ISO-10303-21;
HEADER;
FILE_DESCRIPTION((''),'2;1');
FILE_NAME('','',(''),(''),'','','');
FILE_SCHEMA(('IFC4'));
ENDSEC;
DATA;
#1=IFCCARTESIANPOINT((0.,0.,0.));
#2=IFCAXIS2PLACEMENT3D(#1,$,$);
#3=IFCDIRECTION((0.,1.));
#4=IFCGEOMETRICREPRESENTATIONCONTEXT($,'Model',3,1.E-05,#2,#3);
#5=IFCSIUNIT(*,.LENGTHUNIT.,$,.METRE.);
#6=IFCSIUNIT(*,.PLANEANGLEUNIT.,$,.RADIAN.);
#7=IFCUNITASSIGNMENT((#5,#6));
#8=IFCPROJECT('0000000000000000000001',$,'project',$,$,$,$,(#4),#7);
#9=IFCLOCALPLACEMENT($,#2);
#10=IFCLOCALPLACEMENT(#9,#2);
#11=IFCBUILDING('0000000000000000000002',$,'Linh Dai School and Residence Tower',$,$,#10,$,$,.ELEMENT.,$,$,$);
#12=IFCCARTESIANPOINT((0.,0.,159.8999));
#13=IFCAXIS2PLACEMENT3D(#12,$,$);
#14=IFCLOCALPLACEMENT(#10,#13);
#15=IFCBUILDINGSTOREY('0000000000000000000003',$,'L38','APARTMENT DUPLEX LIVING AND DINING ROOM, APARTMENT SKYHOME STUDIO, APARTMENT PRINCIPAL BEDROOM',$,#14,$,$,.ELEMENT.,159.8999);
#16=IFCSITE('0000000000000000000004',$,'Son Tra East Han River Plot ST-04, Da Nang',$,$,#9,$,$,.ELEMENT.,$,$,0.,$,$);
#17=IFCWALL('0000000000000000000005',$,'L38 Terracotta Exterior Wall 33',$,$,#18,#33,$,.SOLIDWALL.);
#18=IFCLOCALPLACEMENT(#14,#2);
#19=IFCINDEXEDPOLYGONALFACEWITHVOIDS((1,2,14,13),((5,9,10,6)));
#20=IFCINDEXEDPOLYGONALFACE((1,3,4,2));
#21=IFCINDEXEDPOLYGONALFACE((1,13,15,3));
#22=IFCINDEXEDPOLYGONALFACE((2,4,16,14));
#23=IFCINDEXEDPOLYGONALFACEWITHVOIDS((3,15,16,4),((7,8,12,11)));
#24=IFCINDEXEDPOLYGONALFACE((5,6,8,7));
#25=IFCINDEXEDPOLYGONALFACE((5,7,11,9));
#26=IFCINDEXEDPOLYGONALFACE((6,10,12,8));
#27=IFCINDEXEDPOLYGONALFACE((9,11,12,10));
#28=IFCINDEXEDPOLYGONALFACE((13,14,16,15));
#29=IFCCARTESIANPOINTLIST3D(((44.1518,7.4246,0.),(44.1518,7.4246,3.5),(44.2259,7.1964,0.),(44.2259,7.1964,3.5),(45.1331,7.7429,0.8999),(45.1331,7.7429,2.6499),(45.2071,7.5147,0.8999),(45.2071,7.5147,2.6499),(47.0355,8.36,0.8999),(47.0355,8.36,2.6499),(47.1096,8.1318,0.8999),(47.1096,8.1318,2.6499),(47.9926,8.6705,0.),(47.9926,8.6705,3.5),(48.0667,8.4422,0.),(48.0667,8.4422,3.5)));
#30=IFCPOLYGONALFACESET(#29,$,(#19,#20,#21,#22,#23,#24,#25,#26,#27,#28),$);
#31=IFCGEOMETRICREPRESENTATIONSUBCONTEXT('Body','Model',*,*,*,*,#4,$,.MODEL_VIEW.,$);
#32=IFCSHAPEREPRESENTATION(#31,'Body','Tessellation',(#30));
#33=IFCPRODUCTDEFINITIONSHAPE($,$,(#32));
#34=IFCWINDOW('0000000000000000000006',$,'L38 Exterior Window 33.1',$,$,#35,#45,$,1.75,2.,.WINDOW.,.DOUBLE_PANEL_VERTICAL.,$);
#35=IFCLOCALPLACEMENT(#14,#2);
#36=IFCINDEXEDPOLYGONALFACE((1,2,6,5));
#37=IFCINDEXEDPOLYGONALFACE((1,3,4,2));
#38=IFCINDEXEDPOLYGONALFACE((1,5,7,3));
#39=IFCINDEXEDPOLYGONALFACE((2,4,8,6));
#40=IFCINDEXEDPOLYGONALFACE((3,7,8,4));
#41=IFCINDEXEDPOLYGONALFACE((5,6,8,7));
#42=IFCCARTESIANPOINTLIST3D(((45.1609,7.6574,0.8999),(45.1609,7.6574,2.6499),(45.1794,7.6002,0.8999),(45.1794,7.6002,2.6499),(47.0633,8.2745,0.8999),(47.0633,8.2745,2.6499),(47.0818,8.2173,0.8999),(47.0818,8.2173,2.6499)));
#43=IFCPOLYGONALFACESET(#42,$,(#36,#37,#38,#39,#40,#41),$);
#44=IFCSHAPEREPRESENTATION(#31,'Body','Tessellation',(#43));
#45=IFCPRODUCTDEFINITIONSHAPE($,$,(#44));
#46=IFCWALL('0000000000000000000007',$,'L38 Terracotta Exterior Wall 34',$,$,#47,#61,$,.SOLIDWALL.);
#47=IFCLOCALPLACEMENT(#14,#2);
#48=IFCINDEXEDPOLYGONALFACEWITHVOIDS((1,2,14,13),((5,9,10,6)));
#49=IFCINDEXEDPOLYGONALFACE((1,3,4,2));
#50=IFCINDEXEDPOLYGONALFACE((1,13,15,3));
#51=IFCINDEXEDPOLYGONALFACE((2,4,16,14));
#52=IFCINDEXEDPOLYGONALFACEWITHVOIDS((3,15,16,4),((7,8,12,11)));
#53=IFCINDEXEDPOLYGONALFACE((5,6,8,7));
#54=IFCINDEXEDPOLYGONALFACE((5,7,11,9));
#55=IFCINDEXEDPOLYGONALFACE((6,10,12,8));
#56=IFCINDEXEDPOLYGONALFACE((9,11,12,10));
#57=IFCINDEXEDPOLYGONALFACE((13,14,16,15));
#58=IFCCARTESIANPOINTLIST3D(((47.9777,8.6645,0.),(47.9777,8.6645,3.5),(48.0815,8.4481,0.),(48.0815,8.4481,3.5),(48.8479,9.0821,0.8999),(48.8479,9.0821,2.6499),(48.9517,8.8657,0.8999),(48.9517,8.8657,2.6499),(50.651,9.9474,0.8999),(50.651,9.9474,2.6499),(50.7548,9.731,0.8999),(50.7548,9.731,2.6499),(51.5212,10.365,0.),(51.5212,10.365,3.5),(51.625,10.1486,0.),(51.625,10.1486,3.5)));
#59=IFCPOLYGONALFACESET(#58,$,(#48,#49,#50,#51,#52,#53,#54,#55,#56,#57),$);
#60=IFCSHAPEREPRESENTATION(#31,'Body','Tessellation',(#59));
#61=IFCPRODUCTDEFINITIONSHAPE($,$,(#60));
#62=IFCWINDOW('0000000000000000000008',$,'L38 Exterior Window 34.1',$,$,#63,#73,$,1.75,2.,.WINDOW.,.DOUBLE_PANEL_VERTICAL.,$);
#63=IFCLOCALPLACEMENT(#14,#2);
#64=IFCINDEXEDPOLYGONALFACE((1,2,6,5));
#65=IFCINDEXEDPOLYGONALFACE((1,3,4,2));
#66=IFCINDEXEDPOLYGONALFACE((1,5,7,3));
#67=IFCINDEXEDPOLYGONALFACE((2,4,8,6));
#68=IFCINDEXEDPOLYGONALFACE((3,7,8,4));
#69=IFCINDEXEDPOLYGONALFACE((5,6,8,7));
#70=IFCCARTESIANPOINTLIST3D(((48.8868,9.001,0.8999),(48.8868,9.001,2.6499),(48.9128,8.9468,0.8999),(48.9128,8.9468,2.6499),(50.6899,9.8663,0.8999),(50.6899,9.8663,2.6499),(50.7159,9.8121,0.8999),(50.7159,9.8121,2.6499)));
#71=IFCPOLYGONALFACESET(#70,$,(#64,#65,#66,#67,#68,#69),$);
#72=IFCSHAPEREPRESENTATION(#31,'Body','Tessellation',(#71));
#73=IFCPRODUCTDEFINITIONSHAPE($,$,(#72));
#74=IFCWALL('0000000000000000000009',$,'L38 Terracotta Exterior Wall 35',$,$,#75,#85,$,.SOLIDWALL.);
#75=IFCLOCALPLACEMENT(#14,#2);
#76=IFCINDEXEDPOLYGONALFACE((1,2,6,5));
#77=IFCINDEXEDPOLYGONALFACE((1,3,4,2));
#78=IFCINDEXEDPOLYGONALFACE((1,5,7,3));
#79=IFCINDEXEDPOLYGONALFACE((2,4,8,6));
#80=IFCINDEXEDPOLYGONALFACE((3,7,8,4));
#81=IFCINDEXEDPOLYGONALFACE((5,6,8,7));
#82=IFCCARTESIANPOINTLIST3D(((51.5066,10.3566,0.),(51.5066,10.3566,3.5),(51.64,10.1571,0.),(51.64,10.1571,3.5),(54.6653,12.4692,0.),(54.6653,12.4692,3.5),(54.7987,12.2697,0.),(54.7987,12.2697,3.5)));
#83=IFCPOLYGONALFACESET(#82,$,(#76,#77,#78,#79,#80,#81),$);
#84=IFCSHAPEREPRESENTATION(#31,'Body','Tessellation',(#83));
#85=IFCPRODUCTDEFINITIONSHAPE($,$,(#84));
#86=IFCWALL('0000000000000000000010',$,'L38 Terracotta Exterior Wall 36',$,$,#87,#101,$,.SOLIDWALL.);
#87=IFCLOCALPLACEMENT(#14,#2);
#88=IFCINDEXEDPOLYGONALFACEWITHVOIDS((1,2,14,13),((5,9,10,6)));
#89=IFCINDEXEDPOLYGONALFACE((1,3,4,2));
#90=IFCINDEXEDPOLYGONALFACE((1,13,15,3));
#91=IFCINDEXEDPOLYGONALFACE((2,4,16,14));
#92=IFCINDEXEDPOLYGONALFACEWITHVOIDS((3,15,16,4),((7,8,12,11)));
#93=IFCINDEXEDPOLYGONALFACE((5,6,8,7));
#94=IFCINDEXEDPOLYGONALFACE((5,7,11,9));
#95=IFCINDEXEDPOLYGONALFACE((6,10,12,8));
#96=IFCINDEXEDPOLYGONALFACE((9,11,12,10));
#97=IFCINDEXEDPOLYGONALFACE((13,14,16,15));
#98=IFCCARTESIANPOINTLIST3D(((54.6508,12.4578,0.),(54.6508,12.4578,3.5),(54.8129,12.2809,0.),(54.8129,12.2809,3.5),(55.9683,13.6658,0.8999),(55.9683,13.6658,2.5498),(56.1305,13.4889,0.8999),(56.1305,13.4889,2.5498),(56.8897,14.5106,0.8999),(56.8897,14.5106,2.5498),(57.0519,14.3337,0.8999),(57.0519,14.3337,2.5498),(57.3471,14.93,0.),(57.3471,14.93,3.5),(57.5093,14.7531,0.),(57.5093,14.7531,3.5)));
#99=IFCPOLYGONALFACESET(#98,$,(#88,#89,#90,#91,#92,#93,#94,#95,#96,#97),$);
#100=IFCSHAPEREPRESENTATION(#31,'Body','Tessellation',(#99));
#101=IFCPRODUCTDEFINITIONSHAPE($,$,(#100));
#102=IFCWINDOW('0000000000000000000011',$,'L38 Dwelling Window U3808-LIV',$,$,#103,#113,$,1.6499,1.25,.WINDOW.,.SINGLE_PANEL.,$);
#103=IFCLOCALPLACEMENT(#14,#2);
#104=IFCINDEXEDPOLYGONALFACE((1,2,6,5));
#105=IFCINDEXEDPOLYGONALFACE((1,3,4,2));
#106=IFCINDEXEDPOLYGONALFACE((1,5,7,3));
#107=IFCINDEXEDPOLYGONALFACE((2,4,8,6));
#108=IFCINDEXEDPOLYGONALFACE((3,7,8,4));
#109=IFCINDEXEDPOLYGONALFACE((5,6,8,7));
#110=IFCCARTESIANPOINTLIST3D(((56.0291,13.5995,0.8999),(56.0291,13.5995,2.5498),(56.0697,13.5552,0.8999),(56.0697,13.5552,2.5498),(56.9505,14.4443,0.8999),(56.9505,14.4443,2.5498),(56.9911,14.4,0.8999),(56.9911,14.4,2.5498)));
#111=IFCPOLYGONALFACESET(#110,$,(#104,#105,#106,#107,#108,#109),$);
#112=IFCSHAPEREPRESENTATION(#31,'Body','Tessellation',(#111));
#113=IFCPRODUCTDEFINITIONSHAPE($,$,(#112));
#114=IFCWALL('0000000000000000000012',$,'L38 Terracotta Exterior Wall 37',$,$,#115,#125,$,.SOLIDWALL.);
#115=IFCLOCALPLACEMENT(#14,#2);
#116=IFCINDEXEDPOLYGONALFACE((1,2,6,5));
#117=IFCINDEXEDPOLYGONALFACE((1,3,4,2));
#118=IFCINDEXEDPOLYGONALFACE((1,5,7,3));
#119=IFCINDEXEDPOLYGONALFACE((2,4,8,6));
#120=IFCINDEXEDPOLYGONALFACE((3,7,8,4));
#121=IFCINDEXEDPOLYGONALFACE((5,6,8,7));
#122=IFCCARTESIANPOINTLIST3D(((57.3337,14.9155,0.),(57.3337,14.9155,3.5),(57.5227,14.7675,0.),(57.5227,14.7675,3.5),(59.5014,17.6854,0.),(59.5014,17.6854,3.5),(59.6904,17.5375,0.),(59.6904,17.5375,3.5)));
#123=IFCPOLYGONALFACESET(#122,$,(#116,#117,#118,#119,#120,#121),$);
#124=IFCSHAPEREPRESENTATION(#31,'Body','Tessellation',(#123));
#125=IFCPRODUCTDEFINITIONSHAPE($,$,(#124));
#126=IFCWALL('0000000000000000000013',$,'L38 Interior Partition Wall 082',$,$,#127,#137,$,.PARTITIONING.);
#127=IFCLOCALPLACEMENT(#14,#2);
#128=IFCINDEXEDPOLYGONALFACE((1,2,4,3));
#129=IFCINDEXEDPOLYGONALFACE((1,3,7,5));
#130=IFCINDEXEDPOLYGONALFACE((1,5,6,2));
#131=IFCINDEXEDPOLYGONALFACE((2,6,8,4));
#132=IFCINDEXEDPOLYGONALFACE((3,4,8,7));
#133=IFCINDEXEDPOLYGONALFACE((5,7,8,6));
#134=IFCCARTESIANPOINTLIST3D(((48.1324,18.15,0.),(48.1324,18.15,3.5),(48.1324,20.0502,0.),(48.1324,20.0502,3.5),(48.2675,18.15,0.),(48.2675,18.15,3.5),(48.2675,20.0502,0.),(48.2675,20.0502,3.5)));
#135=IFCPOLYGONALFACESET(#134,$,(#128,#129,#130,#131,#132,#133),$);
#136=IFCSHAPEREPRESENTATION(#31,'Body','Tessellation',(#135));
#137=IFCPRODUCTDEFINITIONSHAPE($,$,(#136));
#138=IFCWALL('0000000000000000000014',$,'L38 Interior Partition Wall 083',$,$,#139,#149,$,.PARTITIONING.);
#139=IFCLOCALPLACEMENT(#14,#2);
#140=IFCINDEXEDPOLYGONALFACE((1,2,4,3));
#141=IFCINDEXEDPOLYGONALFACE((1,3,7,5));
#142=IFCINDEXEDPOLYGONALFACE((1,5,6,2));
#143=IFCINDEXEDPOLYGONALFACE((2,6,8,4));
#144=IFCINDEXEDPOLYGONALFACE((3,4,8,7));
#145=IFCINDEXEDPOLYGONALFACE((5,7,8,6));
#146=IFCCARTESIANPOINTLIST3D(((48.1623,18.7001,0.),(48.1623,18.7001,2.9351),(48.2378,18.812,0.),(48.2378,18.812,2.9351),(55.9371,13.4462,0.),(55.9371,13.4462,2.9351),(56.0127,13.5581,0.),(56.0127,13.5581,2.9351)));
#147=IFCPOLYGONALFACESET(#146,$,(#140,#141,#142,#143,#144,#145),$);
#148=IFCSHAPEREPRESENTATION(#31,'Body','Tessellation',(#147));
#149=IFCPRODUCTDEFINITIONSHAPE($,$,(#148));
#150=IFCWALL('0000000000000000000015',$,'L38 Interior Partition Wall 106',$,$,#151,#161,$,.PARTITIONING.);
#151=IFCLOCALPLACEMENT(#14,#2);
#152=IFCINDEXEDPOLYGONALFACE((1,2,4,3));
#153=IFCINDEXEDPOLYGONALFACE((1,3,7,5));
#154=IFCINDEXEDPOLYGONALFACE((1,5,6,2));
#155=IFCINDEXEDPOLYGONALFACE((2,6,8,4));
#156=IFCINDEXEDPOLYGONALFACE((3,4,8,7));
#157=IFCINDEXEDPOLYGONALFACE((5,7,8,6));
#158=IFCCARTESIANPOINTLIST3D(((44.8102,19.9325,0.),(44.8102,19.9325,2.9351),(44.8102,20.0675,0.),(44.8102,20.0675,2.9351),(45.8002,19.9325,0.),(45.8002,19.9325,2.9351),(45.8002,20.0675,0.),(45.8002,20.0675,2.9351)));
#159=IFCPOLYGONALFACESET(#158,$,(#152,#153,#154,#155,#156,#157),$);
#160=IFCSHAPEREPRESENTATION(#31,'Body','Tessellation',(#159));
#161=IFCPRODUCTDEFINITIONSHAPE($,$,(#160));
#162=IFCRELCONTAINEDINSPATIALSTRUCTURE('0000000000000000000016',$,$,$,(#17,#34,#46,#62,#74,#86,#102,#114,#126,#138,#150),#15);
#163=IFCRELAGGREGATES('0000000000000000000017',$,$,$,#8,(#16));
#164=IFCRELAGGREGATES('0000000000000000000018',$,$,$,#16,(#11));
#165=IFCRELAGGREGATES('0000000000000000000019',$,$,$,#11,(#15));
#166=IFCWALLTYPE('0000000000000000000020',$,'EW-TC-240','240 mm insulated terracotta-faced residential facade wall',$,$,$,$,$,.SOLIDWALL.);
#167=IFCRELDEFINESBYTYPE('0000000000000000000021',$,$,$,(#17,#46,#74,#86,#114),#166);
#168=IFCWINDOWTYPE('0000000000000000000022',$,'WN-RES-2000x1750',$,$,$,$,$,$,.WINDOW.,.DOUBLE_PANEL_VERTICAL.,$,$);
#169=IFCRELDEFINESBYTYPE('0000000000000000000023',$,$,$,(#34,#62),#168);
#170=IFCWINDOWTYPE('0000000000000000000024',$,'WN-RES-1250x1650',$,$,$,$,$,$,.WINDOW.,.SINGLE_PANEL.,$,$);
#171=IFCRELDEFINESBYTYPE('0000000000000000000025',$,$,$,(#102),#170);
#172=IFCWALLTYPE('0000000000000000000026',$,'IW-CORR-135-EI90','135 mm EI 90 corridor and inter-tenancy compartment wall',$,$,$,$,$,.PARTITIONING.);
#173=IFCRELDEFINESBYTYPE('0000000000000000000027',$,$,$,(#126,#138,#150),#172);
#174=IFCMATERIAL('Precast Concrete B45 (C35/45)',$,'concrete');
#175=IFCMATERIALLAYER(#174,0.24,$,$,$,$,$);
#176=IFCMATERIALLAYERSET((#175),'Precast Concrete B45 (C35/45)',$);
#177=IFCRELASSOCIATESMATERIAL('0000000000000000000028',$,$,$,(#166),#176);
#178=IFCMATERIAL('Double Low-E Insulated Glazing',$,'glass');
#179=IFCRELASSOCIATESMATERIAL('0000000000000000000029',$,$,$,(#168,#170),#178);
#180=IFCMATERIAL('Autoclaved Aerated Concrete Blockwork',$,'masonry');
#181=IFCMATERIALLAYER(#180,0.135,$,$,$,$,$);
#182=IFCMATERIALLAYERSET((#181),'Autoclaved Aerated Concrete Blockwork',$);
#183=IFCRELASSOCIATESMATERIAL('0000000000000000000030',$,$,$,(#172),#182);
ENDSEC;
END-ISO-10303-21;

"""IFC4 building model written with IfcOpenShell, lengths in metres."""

from ifc_helpers import new_model, si_unit, direction, frame, frame_2d, origin, origin_2d, place, context, subcontext, project, spatial, rectangle, extrude, source, transform, mapped, material, layer, layer_set, type_object, element, fill, save


model = new_model("IFC4")

# Units and contexts
model_context = context("Model", 3, precision=1e-05, world=origin(), true_north=direction((0.0, 1.0)))
body_context = subcontext(model_context, "Body", "Model", "MODEL_VIEW")
ifc_project = project(units=[si_unit("LENGTHUNIT", "METRE"), si_unit("PLANEANGLEUNIT", "RADIAN")], contexts=[model_context])

# Site, building, storey
site_placement = place(None, origin())
site = spatial("IfcSite", under=ifc_project, at=site_placement, Name="Son Tra East Han River Plot ST-04, Da Nang", CompositionType="ELEMENT", RefElevation=0.0)
building_placement = place(site_placement, origin())
building = spatial("IfcBuilding", under=site, at=building_placement, Name="Linh Dai School and Residence Tower", CompositionType="ELEMENT")
storey_placement = place(building_placement, frame((0.0, 0.0, 159.8999)))
storey = spatial("IfcBuildingStorey", under=building, at=storey_placement, Name="L38", Description="APARTMENT DUPLEX LIVING AND DINING ROOM, APARTMENT SKYHOME STUDIO, APARTMENT PRINCIPAL BEDROOM", CompositionType="ELEMENT", Elevation=159.8999)

# Shared definitions
ifc_material_1 = material(Name="Precast Concrete B45 (C35/45)", Category="concrete")

# Walls, openings, windows
ifc_layer_1 = layer(ifc_material_1, 0.24)
ifc_layer_set_1 = layer_set([ifc_layer_1], Name="Precast Concrete B45 (C35/45)")
wall_type_1 = type_object("IfcWallType", Name="EW-TC-240", Description="240 mm insulated terracotta-faced residential facade wall", PredefinedType="SOLIDWALL", material=ifc_layer_set_1)
wall_1_placement = place(storey_placement, frame((48.0298, 8.5564, 0.0), z_axis=(0.0, 0.0, 1.0), x_axis=(-0.95121, -0.308545, 0.0)))
wall_1 = element("IfcWall", 1, at=wall_1_placement, inside=storey, type_object=wall_type_1, Name="L38 Terracotta Exterior Wall 33", PredefinedType="SOLIDWALL", context=body_context, shape_type="SweptSolid", body=[
    extrude(rectangle(XDim=4.0378, YDim=0.24, at=frame_2d((2.019, 0.0))), origin(), (0.0, 0.0, 1.0), 3.5),
])
opening_1_placement = place(wall_1_placement, frame((1.0063, 0.0, 0.8999)))
opening_1 = element("IfcOpeningElement", 2, at=opening_1_placement, cuts=wall_1, PredefinedType="OPENING", context=body_context, shape_type="SweptSolid", body=[
    extrude(rectangle(XDim=2.0, YDim=1.75, at=origin_2d()), frame((1.0, 0.1299, 0.875), z_axis=(0.0, -1.0, 0.0), x_axis=(1.0, 0.0, 0.0)), (0.0, 0.0, 1.0), 0.26),
])
ifc_material_2 = material(Name="Double Low-E Insulated Glazing", Category="glass")
window_type_1 = type_object("IfcWindowType", Name="WN-RES-2000x1750", PartitioningType="DOUBLE_PANEL_VERTICAL", PredefinedType="WINDOW", material=ifc_material_2)
shared_shape_1 = source(origin(), body_context, "Body", "SweptSolid", [
    extrude(rectangle(XDim=2.0, YDim=1.75, at=origin_2d()), frame((1.0, 0.03, 0.875), z_axis=(0.0, -1.0, 0.0), x_axis=(1.0, 0.0, 0.0)), (0.0, 0.0, 1.0), 0.0601),
])
window_1_placement = place(opening_1_placement, origin())
window_1 = element("IfcWindow", 3, at=window_1_placement, inside=storey, type_object=window_type_1, Name="L38 Exterior Window 33.1", OverallHeight=1.75, OverallWidth=2.0, PartitioningType="DOUBLE_PANEL_VERTICAL", PredefinedType="WINDOW", context=body_context, shape_type="MappedRepresentation", body=[
    mapped(shared_shape_1, transform((0.0, 0.0, 0.0), x_axis=(1.0, 0.0, 0.0), y_axis=(0.0, 1.0, 0.0), z_axis=(0.0, 0.0, 1.0), scale=1.0)),
])
fill(opening_1, window_1)
wall_2_placement = place(storey_placement, frame((51.5732, 10.2568, 0.0), z_axis=(0.0, 0.0, 1.0), x_axis=(-0.901565, -0.432644, 0.0)))
wall_2 = element("IfcWall", 4, at=wall_2_placement, inside=storey, type_object=wall_type_1, Name="L38 Terracotta Exterior Wall 34", PredefinedType="SOLIDWALL", context=body_context, shape_type="SweptSolid", body=[
    extrude(rectangle(XDim=3.9304, YDim=0.24, at=frame_2d((1.9653, 0.0))), origin(), (0.0, 0.0, 1.0), 3.5),
])
opening_2_placement = place(wall_2_placement, frame((0.9653, 0.0, 0.8999)))
opening_2 = element("IfcOpeningElement", 5, at=opening_2_placement, cuts=wall_2, PredefinedType="OPENING", context=body_context, shape_type="SweptSolid", body=[
    extrude(rectangle(XDim=2.0, YDim=1.75, at=origin_2d()), frame((1.0, 0.1299, 0.875), z_axis=(0.0, -1.0, 0.0), x_axis=(1.0, 0.0, 0.0)), (0.0, 0.0, 1.0), 0.26),
])
window_2_placement = place(opening_2_placement, origin())
window_2 = element("IfcWindow", 6, at=window_2_placement, inside=storey, type_object=window_type_1, Name="L38 Exterior Window 34.1", OverallHeight=1.75, OverallWidth=2.0, PartitioningType="DOUBLE_PANEL_VERTICAL", PredefinedType="WINDOW", context=body_context, shape_type="MappedRepresentation", body=[
    mapped(shared_shape_1, transform((0.0, 0.0, 0.0), x_axis=(1.0, 0.0, 0.0), y_axis=(0.0, 1.0, 0.0), z_axis=(0.0, 0.0, 1.0), scale=1.0)),
])
fill(opening_2, window_2)

# Wall
wall_3_placement = place(storey_placement, frame((54.7319, 12.3694, 0.0), z_axis=(0.0, 0.0, 1.0), x_axis=(-0.831229, -0.55593, 0.0)))
element("IfcWall", 7, at=wall_3_placement, inside=storey, type_object=wall_type_1, Name="L38 Terracotta Exterior Wall 35", PredefinedType="SOLIDWALL", context=body_context, shape_type="SweptSolid", body=[
    extrude(rectangle(XDim=3.8, YDim=0.24, at=frame_2d((1.8999, 0.0))), origin(), (0.0, 0.0, 1.0), 3.5),
])

# Wall, opening, window
wall_4_placement = place(storey_placement, frame((57.4282, 14.8416, 0.0), z_axis=(0.0, 0.0, 1.0), x_axis=(-0.737077, -0.675809, 0.0)))
wall_4 = element("IfcWall", 8, at=wall_4_placement, inside=storey, type_object=wall_type_1, Name="L38 Terracotta Exterior Wall 36", PredefinedType="SOLIDWALL", context=body_context, shape_type="SweptSolid", body=[
    extrude(rectangle(XDim=3.6582, YDim=0.24, at=frame_2d((1.8291, 0.0))), origin(), (0.0, 0.0, 1.0), 3.5),
])
opening_3_placement = place(wall_4_placement, frame((0.6206, 0.0, 0.8999)))
opening_3 = element("IfcOpeningElement", 9, at=opening_3_placement, cuts=wall_4, PredefinedType="OPENING", context=body_context, shape_type="SweptSolid", body=[
    extrude(rectangle(XDim=1.25, YDim=1.6499, at=origin_2d()), frame((0.625, 0.1299, 0.825), z_axis=(0.0, -1.0, 0.0), x_axis=(1.0, 0.0, 0.0)), (0.0, 0.0, 1.0), 0.26),
])
window_type_2 = type_object("IfcWindowType", Name="WN-RES-1250x1650", PartitioningType="SINGLE_PANEL", PredefinedType="WINDOW", material=ifc_material_2)
shared_shape_2 = source(origin(), body_context, "Body", "SweptSolid", [
    extrude(rectangle(XDim=1.25, YDim=1.6499, at=origin_2d()), frame((0.625, 0.03, 0.825), z_axis=(0.0, -1.0, 0.0), x_axis=(1.0, 0.0, 0.0)), (0.0, 0.0, 1.0), 0.0601),
])
window_3_placement = place(opening_3_placement, origin())
window_3 = element("IfcWindow", 10, at=window_3_placement, inside=storey, type_object=window_type_2, Name="L38 Dwelling Window U3808-LIV", OverallHeight=1.6499, OverallWidth=1.25, PartitioningType="SINGLE_PANEL", PredefinedType="WINDOW", context=body_context, shape_type="MappedRepresentation", body=[
    mapped(shared_shape_2, transform((0.0, 0.0, 0.0), x_axis=(1.0, 0.0, 0.0), y_axis=(0.0, 1.0, 0.0), z_axis=(0.0, 0.0, 1.0), scale=1.0)),
])
fill(opening_3, window_3)

# Walls
wall_5_placement = place(storey_placement, frame((59.5959, 17.6116, 0.0), z_axis=(0.0, 0.0, 1.0), x_axis=(-0.616288, -0.787521, 0.0)))
element("IfcWall", 11, at=wall_5_placement, inside=storey, type_object=wall_type_1, Name="L38 Terracotta Exterior Wall 37", PredefinedType="SOLIDWALL", context=body_context, shape_type="SweptSolid", body=[
    extrude(rectangle(XDim=3.5173, YDim=0.24, at=frame_2d((1.7588, 0.0))), origin(), (0.0, 0.0, 1.0), 3.5),
])
ifc_material_3 = material(Name="Autoclaved Aerated Concrete Blockwork", Category="masonry")
ifc_layer_2 = layer(ifc_material_3, 0.135)
ifc_layer_set_2 = layer_set([ifc_layer_2], Name="Autoclaved Aerated Concrete Blockwork")
wall_type_2 = type_object("IfcWallType", Name="IW-CORR-135-EI90", Description="135 mm EI 90 corridor and inter-tenancy compartment wall", PredefinedType="PARTITIONING", material=ifc_layer_set_2)
wall_6_placement = place(storey_placement, frame((48.2, 18.1499, 0.0), z_axis=(0.0, 0.0, 1.0), x_axis=(0.0, 1.0, 0.0)))
element("IfcWall", 12, at=wall_6_placement, inside=storey, type_object=wall_type_2, Name="L38 Interior Partition Wall 082", PredefinedType="PARTITIONING", context=body_context, shape_type="SweptSolid", body=[
    extrude(rectangle(XDim=1.9001, YDim=0.135, at=frame_2d((0.9502, 0.0))), origin(), (0.0, 0.0, 1.0), 3.5),
])
wall_7_placement = place(storey_placement, frame((48.2, 18.7561, 0.0), z_axis=(0.0, 0.0, 1.0), x_axis=(0.82856, -0.559901, 0.0)))
element("IfcWall", 13, at=wall_7_placement, inside=storey, type_object=wall_type_2, Name="L38 Interior Partition Wall 083", PredefinedType="PARTITIONING", context=body_context, shape_type="SweptSolid", body=[
    extrude(rectangle(XDim=9.3835, YDim=0.135, at=frame_2d((4.6919, 0.0))), origin(), (0.0, 0.0, 1.0), 2.9351),
])
wall_8_placement = place(storey_placement, frame((44.8101, 20.0, 0.0), z_axis=(0.0, 0.0, 1.0), x_axis=(1.0, 0.0, 0.0)))
element("IfcWall", 14, at=wall_8_placement, inside=storey, type_object=wall_type_2, Name="L38 Interior Partition Wall 106", PredefinedType="PARTITIONING", context=body_context, shape_type="SweptSolid", body=[
    extrude(rectangle(XDim=0.99, YDim=0.135, at=frame_2d((0.4951, 0.0))), origin(), (0.0, 0.0, 1.0), 2.9351),
])

save(model, "model.ifc")
